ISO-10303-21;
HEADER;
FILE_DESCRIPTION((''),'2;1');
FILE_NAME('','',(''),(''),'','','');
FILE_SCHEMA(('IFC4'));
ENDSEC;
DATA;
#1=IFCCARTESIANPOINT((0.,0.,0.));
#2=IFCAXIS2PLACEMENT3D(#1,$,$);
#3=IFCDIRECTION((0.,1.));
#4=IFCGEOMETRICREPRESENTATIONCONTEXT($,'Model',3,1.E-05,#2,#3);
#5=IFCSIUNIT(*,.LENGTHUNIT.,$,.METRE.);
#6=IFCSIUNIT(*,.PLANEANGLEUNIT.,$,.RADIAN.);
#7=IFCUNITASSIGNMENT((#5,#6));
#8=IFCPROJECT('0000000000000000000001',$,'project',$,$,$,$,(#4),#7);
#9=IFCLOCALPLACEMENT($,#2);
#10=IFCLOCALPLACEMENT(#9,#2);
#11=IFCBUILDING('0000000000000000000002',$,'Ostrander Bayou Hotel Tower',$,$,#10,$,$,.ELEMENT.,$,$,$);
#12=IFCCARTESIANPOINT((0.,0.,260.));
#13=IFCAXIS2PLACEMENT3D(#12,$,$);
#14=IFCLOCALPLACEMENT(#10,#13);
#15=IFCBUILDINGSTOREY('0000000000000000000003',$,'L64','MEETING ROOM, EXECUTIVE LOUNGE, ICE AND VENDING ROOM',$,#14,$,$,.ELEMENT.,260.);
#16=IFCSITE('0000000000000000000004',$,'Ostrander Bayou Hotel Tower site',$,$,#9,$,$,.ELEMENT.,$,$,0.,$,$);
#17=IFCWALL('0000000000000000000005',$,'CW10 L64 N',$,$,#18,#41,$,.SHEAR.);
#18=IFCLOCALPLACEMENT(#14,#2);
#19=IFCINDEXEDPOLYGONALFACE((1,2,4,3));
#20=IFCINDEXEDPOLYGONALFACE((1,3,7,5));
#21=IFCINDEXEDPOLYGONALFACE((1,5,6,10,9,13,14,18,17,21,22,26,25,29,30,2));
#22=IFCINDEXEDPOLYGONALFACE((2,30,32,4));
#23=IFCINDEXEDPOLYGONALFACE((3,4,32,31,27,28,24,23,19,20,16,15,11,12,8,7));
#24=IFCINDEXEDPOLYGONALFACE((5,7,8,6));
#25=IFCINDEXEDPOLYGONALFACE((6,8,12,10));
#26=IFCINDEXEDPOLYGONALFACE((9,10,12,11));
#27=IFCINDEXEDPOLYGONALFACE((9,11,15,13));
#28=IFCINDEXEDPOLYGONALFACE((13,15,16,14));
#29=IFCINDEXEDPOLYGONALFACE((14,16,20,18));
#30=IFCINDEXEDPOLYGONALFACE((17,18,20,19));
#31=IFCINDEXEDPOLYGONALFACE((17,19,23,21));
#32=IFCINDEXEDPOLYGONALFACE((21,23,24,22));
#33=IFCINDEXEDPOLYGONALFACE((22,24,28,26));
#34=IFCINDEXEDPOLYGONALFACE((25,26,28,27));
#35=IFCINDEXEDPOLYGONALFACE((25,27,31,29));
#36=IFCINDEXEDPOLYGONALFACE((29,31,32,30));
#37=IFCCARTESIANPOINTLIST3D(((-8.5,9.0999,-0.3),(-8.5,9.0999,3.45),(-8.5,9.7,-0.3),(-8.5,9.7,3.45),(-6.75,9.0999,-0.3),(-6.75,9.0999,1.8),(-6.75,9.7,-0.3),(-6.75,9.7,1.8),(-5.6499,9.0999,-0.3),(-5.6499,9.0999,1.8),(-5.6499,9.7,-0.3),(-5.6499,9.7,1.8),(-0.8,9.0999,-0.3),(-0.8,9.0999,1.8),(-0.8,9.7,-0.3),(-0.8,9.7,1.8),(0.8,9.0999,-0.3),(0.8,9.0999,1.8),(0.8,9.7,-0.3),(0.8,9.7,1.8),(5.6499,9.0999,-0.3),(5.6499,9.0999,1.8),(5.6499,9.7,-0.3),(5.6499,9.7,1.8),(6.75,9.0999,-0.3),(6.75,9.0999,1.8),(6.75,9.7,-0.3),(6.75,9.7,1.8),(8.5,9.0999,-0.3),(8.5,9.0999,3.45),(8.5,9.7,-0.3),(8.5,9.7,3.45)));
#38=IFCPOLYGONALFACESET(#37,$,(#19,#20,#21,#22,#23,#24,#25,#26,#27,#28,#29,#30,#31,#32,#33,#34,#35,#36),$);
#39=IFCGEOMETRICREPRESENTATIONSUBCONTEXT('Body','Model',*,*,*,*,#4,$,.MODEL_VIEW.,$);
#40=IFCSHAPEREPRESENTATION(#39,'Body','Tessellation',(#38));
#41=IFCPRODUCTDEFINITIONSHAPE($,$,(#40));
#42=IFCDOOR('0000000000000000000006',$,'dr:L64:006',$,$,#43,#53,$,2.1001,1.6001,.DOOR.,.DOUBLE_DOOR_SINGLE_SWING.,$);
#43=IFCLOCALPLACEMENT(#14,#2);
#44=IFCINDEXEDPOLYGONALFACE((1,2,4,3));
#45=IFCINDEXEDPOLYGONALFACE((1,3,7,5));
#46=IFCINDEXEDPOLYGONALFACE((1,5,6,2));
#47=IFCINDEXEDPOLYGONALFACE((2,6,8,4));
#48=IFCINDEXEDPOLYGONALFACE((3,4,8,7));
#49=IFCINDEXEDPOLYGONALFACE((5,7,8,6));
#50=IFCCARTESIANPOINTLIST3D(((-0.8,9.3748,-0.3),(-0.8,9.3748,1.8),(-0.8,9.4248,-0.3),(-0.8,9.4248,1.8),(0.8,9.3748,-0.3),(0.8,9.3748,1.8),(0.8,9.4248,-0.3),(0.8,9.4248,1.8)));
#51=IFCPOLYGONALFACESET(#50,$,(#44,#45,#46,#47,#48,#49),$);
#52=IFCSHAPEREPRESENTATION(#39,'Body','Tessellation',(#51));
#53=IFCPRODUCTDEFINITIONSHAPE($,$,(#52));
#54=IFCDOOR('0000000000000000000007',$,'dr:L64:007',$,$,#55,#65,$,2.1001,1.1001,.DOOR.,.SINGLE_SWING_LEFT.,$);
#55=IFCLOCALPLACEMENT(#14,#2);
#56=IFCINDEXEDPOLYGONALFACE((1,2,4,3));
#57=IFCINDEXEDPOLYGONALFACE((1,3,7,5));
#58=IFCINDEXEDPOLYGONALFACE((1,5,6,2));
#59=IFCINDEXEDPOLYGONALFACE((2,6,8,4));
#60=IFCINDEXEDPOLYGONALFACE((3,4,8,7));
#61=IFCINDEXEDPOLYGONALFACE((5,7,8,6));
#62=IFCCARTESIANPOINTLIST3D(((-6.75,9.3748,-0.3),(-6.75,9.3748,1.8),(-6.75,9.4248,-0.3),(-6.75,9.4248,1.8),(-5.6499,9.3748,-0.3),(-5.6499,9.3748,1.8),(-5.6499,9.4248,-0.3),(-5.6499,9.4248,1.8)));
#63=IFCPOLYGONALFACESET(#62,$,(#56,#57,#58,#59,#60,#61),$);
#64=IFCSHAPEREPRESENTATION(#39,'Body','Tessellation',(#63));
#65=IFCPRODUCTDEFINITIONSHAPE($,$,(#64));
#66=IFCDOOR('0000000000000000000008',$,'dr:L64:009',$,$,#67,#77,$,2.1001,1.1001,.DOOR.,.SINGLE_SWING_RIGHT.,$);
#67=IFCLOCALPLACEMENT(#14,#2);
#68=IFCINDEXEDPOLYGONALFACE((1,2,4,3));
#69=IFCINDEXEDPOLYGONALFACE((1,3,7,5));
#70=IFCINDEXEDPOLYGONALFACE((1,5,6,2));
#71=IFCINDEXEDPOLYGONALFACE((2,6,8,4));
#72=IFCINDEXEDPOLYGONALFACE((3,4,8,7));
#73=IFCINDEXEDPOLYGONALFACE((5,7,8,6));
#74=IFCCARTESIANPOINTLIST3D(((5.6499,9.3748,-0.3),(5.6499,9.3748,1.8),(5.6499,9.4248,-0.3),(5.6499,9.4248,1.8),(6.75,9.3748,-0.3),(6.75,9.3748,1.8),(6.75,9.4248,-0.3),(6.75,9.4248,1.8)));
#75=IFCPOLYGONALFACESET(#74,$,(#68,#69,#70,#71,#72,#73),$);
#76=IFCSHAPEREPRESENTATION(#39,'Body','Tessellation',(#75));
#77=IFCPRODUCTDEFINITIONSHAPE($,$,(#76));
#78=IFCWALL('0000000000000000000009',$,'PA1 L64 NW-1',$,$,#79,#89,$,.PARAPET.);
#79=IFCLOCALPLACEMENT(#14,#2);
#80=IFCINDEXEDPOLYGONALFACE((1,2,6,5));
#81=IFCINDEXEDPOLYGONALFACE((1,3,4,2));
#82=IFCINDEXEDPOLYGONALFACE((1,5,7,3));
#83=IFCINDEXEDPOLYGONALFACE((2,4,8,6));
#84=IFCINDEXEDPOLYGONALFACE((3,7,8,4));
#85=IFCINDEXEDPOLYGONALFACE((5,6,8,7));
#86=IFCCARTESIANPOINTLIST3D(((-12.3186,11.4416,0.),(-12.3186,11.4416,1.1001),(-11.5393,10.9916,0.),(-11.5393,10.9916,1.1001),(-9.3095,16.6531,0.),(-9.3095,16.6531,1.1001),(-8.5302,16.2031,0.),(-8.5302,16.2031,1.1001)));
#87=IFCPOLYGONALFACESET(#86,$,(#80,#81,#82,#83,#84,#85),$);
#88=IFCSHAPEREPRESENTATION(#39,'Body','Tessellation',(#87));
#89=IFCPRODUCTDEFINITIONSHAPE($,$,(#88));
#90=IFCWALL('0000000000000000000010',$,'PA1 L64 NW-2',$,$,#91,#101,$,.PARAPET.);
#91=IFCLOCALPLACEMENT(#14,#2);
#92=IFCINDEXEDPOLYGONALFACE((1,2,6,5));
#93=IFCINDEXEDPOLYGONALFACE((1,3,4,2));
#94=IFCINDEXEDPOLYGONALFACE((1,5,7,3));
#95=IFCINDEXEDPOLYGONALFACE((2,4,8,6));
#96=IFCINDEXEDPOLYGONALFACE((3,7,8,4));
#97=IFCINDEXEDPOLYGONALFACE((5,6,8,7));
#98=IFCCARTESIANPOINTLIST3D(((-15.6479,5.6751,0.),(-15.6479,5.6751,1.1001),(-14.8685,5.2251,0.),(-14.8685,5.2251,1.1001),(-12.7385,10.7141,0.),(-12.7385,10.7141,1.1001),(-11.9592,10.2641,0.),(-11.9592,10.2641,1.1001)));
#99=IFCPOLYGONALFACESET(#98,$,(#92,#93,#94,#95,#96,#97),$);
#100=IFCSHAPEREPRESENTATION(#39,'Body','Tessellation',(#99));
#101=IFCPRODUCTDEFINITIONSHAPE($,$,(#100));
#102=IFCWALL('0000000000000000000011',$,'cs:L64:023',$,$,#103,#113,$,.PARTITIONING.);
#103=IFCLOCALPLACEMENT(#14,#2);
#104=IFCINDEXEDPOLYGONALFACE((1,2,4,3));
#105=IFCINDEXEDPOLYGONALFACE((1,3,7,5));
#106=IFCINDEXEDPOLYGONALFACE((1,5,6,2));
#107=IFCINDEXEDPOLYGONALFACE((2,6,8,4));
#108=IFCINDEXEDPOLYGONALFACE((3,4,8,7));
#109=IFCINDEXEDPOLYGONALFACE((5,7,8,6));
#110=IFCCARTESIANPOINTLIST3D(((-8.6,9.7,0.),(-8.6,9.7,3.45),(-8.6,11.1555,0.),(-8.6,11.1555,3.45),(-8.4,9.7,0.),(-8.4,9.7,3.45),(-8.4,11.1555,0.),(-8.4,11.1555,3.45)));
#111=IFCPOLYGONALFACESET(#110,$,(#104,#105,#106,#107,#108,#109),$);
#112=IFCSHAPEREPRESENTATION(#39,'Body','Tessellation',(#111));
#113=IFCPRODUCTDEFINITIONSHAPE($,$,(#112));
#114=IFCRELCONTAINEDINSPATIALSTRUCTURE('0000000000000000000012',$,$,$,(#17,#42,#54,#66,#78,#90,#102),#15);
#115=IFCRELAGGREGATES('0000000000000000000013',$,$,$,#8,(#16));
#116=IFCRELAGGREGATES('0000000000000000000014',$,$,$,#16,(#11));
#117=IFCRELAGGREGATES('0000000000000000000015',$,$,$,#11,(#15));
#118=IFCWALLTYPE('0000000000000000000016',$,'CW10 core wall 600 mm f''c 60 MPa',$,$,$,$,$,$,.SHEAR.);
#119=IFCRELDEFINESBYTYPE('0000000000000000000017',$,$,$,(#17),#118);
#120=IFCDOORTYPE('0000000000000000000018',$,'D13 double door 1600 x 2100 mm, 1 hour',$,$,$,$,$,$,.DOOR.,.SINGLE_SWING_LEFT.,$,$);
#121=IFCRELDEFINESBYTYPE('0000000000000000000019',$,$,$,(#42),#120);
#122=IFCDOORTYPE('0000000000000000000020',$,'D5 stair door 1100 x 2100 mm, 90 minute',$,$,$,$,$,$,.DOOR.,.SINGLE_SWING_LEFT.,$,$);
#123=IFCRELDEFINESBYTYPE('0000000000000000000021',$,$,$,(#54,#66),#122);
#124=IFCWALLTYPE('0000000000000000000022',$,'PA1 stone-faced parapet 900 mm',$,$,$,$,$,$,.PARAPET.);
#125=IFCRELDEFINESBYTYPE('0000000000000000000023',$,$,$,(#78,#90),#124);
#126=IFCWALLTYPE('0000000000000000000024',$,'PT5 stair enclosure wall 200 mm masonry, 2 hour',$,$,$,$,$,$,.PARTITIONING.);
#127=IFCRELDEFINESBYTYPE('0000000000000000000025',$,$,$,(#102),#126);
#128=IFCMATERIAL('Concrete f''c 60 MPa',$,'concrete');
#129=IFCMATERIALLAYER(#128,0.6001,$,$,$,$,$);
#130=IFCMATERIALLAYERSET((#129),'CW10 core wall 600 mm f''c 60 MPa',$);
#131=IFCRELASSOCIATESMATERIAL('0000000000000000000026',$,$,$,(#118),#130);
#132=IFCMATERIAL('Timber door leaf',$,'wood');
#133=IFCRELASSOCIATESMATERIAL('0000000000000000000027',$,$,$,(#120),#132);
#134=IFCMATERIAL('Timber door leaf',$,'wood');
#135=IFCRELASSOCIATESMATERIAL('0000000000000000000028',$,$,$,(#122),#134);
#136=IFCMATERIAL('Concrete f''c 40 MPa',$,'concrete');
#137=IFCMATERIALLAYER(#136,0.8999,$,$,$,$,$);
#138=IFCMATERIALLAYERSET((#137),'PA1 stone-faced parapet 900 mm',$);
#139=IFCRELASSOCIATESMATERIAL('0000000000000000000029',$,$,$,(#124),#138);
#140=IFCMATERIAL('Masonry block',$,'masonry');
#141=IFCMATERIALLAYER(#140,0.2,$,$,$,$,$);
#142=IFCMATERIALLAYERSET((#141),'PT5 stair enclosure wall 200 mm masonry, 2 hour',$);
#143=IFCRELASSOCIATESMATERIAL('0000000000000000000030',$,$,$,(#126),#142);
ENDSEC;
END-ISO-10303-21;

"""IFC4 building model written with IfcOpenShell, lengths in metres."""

from ifc_helpers import new_model, si_unit, direction, frame, frame_2d, origin, place, context, subcontext, project, spatial, rectangle, extrude, material, layer, layer_set, type_object, element, fill, save


model = new_model("IFC4")

# Units and contexts
model_context = context("Model", 3, precision=1e-05, world=origin(), true_north=direction((0.0, 1.0)))
body_context = subcontext(model_context, "Body", "Model", "MODEL_VIEW")
ifc_project = project(units=[si_unit("LENGTHUNIT", "METRE"), si_unit("PLANEANGLEUNIT", "RADIAN")], contexts=[model_context])

# Site, building, storey
site_placement = place(None, origin())
site = spatial("IfcSite", under=ifc_project, at=site_placement, Name="Ostrander Bayou Hotel Tower site", CompositionType="ELEMENT", RefElevation=0.0)
building_placement = place(site_placement, origin())
building = spatial("IfcBuilding", under=site, at=building_placement, Name="Ostrander Bayou Hotel Tower", CompositionType="ELEMENT")
storey_placement = place(building_placement, frame((0.0, 0.0, 260.0)))
storey = spatial("IfcBuildingStorey", under=building, at=storey_placement, Name="L64", Description="MEETING ROOM, EXECUTIVE LOUNGE, ICE AND VENDING ROOM", CompositionType="ELEMENT", Elevation=260.0)

# Wall, openings, doors
ifc_material_1 = material(Name="Concrete f'c 60 MPa", Category="concrete")
ifc_layer_1 = layer(ifc_material_1, 0.6001)
ifc_layer_set_1 = layer_set([ifc_layer_1], Name="CW10 core wall 600 mm f'c 60 MPa")
wall_type_1 = type_object("IfcWallType", Name="CW10 core wall 600 mm f'c 60 MPa", PredefinedType="SHEAR", material=ifc_layer_set_1)
wall_1_placement = place(storey_placement, frame((-8.5, 9.3999, -0.3), z_axis=(0.0, 0.0, 1.0), x_axis=(1.0, 0.0, 0.0)))
wall_1 = element("IfcWall", 1, at=wall_1_placement, inside=storey, type_object=wall_type_1, Name="CW10 L64 N", PredefinedType="SHEAR", context=body_context, shape_type="SweptSolid", body=[
    extrude(rectangle(XDim=17.0, YDim=0.6001, at=frame_2d((8.5, 0.0))), origin(), (0.0, 0.0, 1.0), 3.75),
])
opening_1_placement = place(wall_1_placement, frame((7.7, 0.0, 0.0)))
opening_1 = element("IfcOpeningElement", 2, at=opening_1_placement, cuts=wall_1, PredefinedType="OPENING", context=body_context, shape_type="SweptSolid", body=[
    extrude(rectangle(XDim=1.6001, YDim=2.1001, at=frame_2d((0.8, 1.05))), frame((0.0, 0.3, 0.0), z_axis=(0.0, -1.0, 0.0), x_axis=(1.0, 0.0, 0.0)), (0.0, 0.0, 1.0), 0.6001),
])
opening_2_placement = place(wall_1_placement, frame((1.75, 0.0, 0.0)))
opening_2 = element("IfcOpeningElement", 3, at=opening_2_placement, cuts=wall_1, PredefinedType="OPENING", context=body_context, shape_type="SweptSolid", body=[
    extrude(rectangle(XDim=1.1001, YDim=2.1001, at=frame_2d((0.55, 1.05))), frame((0.0, 0.3, 0.0), z_axis=(0.0, -1.0, 0.0), x_axis=(1.0, 0.0, 0.0)), (0.0, 0.0, 1.0), 0.6001),
])
opening_3_placement = place(wall_1_placement, frame((14.1499, 0.0, 0.0)))
opening_3 = element("IfcOpeningElement", 4, at=opening_3_placement, cuts=wall_1, PredefinedType="OPENING", context=body_context, shape_type="SweptSolid", body=[
    extrude(rectangle(XDim=1.1001, YDim=2.1001, at=frame_2d((0.55, 1.05))), frame((0.0, 0.3, 0.0), z_axis=(0.0, -1.0, 0.0), x_axis=(1.0, 0.0, 0.0)), (0.0, 0.0, 1.0), 0.6001),
])
ifc_material_2 = material(Name="Timber door leaf", Category="wood")
door_type_1 = type_object("IfcDoorType", Name="D13 double door 1600 x 2100 mm, 1 hour", OperationType="SINGLE_SWING_LEFT", PredefinedType="DOOR", material=ifc_material_2)
door_1_placement = place(opening_1_placement, origin())
door_1 = element("IfcDoor", 5, at=door_1_placement, inside=storey, type_object=door_type_1, Name="dr:L64:006", OperationType="DOUBLE_DOOR_SINGLE_SWING", OverallHeight=2.1001, OverallWidth=1.6001, PredefinedType="DOOR", context=body_context, shape_type="SweptSolid", body=[
    extrude(rectangle(XDim=1.6001, YDim=2.1001, at=frame_2d((0.8, 1.05))), frame((0.0, 0.0249, 0.0), z_axis=(0.0, -1.0, 0.0), x_axis=(1.0, 0.0, 0.0)), (0.0, 0.0, 1.0), 0.05),
])
fill(opening_1, door_1)
ifc_material_3 = material(Name="Timber door leaf", Category="wood")
door_type_2 = type_object("IfcDoorType", Name="D5 stair door 1100 x 2100 mm, 90 minute", OperationType="SINGLE_SWING_LEFT", PredefinedType="DOOR", material=ifc_material_3)
door_2_placement = place(opening_2_placement, origin())
door_2 = element("IfcDoor", 6, at=door_2_placement, inside=storey, type_object=door_type_2, Name="dr:L64:007", OperationType="SINGLE_SWING_LEFT", OverallHeight=2.1001, OverallWidth=1.1001, PredefinedType="DOOR", context=body_context, shape_type="SweptSolid", body=[
    extrude(rectangle(XDim=1.1001, YDim=2.1001, at=frame_2d((0.55, 1.05))), frame((0.0, 0.0249, 0.0), z_axis=(0.0, -1.0, 0.0), x_axis=(1.0, 0.0, 0.0)), (0.0, 0.0, 1.0), 0.05),
])
fill(opening_2, door_2)
door_3_placement = place(opening_3_placement, origin())
door_3 = element("IfcDoor", 7, at=door_3_placement, inside=storey, type_object=door_type_2, Name="dr:L64:009", OperationType="SINGLE_SWING_RIGHT", OverallHeight=2.1001, OverallWidth=1.1001, PredefinedType="DOOR", context=body_context, shape_type="SweptSolid", body=[
    extrude(rectangle(XDim=1.1001, YDim=2.1001, at=frame_2d((0.55, 1.05))), frame((0.0, 0.0249, 0.0), z_axis=(0.0, -1.0, 0.0), x_axis=(1.0, 0.0, 0.0)), (0.0, 0.0, 1.0), 0.05),
])
fill(opening_3, door_3)

# Walls
ifc_material_4 = material(Name="Concrete f'c 40 MPa", Category="concrete")
ifc_layer_2 = layer(ifc_material_4, 0.8999)
ifc_layer_set_2 = layer_set([ifc_layer_2], Name="PA1 stone-faced parapet 900 mm")
wall_type_2 = type_object("IfcWallType", Name="PA1 stone-faced parapet 900 mm", PredefinedType="PARAPET", material=ifc_layer_set_2)
wall_2_placement = place(storey_placement, frame((-8.9199, 16.428, 0.0), z_axis=(0.0, 0.0, 1.0), x_axis=(-0.500027, -0.86601, 0.0)))
element("IfcWall", 8, at=wall_2_placement, inside=storey, type_object=wall_type_2, Name="PA1 L64 NW-1", PredefinedType="PARAPET", context=body_context, shape_type="SweptSolid", body=[
    extrude(rectangle(XDim=6.0178, YDim=0.8999, at=frame_2d((3.0088, 0.0))), origin(), (0.0, 0.0, 1.0), 1.1001),
])
wall_3_placement = place(storey_placement, frame((-12.3489, 10.489, 0.0), z_axis=(0.0, 0.0, 1.0), x_axis=(-0.500015, -0.866016, 0.0)))
element("IfcWall", 9, at=wall_3_placement, inside=storey, type_object=wall_type_2, Name="PA1 L64 NW-2", PredefinedType="PARAPET", context=body_context, shape_type="SweptSolid", body=[
    extrude(rectangle(XDim=5.8186, YDim=0.8999, at=frame_2d((2.9092, 0.0))), origin(), (0.0, 0.0, 1.0), 1.1001),
])

# Shared definitions
ifc_material_5 = material(Name="Masonry block", Category="masonry")
ifc_layer_3 = layer(ifc_material_5, 0.2)
ifc_layer_set_3 = layer_set([ifc_layer_3], Name="PT5 stair enclosure wall 200 mm masonry, 2 hour")
wall_type_3 = type_object("IfcWallType", Name="PT5 stair enclosure wall 200 mm masonry, 2 hour", PredefinedType="PARTITIONING", material=ifc_layer_set_3)

# Wall
wall_4_placement = place(storey_placement, frame((-8.5, 9.7, 0.0), z_axis=(0.0, 0.0, 1.0), x_axis=(0.0, 1.0, 0.0)))
element("IfcWall", 10, at=wall_4_placement, inside=storey, type_object=wall_type_3, Name="cs:L64:023", PredefinedType="PARTITIONING", context=body_context, shape_type="SweptSolid", body=[
    extrude(rectangle(XDim=1.4556, YDim=0.2, at=frame_2d((0.7278, 0.0))), origin(), (0.0, 0.0, 1.0), 3.45),
])

save(model, "model.ifc")
